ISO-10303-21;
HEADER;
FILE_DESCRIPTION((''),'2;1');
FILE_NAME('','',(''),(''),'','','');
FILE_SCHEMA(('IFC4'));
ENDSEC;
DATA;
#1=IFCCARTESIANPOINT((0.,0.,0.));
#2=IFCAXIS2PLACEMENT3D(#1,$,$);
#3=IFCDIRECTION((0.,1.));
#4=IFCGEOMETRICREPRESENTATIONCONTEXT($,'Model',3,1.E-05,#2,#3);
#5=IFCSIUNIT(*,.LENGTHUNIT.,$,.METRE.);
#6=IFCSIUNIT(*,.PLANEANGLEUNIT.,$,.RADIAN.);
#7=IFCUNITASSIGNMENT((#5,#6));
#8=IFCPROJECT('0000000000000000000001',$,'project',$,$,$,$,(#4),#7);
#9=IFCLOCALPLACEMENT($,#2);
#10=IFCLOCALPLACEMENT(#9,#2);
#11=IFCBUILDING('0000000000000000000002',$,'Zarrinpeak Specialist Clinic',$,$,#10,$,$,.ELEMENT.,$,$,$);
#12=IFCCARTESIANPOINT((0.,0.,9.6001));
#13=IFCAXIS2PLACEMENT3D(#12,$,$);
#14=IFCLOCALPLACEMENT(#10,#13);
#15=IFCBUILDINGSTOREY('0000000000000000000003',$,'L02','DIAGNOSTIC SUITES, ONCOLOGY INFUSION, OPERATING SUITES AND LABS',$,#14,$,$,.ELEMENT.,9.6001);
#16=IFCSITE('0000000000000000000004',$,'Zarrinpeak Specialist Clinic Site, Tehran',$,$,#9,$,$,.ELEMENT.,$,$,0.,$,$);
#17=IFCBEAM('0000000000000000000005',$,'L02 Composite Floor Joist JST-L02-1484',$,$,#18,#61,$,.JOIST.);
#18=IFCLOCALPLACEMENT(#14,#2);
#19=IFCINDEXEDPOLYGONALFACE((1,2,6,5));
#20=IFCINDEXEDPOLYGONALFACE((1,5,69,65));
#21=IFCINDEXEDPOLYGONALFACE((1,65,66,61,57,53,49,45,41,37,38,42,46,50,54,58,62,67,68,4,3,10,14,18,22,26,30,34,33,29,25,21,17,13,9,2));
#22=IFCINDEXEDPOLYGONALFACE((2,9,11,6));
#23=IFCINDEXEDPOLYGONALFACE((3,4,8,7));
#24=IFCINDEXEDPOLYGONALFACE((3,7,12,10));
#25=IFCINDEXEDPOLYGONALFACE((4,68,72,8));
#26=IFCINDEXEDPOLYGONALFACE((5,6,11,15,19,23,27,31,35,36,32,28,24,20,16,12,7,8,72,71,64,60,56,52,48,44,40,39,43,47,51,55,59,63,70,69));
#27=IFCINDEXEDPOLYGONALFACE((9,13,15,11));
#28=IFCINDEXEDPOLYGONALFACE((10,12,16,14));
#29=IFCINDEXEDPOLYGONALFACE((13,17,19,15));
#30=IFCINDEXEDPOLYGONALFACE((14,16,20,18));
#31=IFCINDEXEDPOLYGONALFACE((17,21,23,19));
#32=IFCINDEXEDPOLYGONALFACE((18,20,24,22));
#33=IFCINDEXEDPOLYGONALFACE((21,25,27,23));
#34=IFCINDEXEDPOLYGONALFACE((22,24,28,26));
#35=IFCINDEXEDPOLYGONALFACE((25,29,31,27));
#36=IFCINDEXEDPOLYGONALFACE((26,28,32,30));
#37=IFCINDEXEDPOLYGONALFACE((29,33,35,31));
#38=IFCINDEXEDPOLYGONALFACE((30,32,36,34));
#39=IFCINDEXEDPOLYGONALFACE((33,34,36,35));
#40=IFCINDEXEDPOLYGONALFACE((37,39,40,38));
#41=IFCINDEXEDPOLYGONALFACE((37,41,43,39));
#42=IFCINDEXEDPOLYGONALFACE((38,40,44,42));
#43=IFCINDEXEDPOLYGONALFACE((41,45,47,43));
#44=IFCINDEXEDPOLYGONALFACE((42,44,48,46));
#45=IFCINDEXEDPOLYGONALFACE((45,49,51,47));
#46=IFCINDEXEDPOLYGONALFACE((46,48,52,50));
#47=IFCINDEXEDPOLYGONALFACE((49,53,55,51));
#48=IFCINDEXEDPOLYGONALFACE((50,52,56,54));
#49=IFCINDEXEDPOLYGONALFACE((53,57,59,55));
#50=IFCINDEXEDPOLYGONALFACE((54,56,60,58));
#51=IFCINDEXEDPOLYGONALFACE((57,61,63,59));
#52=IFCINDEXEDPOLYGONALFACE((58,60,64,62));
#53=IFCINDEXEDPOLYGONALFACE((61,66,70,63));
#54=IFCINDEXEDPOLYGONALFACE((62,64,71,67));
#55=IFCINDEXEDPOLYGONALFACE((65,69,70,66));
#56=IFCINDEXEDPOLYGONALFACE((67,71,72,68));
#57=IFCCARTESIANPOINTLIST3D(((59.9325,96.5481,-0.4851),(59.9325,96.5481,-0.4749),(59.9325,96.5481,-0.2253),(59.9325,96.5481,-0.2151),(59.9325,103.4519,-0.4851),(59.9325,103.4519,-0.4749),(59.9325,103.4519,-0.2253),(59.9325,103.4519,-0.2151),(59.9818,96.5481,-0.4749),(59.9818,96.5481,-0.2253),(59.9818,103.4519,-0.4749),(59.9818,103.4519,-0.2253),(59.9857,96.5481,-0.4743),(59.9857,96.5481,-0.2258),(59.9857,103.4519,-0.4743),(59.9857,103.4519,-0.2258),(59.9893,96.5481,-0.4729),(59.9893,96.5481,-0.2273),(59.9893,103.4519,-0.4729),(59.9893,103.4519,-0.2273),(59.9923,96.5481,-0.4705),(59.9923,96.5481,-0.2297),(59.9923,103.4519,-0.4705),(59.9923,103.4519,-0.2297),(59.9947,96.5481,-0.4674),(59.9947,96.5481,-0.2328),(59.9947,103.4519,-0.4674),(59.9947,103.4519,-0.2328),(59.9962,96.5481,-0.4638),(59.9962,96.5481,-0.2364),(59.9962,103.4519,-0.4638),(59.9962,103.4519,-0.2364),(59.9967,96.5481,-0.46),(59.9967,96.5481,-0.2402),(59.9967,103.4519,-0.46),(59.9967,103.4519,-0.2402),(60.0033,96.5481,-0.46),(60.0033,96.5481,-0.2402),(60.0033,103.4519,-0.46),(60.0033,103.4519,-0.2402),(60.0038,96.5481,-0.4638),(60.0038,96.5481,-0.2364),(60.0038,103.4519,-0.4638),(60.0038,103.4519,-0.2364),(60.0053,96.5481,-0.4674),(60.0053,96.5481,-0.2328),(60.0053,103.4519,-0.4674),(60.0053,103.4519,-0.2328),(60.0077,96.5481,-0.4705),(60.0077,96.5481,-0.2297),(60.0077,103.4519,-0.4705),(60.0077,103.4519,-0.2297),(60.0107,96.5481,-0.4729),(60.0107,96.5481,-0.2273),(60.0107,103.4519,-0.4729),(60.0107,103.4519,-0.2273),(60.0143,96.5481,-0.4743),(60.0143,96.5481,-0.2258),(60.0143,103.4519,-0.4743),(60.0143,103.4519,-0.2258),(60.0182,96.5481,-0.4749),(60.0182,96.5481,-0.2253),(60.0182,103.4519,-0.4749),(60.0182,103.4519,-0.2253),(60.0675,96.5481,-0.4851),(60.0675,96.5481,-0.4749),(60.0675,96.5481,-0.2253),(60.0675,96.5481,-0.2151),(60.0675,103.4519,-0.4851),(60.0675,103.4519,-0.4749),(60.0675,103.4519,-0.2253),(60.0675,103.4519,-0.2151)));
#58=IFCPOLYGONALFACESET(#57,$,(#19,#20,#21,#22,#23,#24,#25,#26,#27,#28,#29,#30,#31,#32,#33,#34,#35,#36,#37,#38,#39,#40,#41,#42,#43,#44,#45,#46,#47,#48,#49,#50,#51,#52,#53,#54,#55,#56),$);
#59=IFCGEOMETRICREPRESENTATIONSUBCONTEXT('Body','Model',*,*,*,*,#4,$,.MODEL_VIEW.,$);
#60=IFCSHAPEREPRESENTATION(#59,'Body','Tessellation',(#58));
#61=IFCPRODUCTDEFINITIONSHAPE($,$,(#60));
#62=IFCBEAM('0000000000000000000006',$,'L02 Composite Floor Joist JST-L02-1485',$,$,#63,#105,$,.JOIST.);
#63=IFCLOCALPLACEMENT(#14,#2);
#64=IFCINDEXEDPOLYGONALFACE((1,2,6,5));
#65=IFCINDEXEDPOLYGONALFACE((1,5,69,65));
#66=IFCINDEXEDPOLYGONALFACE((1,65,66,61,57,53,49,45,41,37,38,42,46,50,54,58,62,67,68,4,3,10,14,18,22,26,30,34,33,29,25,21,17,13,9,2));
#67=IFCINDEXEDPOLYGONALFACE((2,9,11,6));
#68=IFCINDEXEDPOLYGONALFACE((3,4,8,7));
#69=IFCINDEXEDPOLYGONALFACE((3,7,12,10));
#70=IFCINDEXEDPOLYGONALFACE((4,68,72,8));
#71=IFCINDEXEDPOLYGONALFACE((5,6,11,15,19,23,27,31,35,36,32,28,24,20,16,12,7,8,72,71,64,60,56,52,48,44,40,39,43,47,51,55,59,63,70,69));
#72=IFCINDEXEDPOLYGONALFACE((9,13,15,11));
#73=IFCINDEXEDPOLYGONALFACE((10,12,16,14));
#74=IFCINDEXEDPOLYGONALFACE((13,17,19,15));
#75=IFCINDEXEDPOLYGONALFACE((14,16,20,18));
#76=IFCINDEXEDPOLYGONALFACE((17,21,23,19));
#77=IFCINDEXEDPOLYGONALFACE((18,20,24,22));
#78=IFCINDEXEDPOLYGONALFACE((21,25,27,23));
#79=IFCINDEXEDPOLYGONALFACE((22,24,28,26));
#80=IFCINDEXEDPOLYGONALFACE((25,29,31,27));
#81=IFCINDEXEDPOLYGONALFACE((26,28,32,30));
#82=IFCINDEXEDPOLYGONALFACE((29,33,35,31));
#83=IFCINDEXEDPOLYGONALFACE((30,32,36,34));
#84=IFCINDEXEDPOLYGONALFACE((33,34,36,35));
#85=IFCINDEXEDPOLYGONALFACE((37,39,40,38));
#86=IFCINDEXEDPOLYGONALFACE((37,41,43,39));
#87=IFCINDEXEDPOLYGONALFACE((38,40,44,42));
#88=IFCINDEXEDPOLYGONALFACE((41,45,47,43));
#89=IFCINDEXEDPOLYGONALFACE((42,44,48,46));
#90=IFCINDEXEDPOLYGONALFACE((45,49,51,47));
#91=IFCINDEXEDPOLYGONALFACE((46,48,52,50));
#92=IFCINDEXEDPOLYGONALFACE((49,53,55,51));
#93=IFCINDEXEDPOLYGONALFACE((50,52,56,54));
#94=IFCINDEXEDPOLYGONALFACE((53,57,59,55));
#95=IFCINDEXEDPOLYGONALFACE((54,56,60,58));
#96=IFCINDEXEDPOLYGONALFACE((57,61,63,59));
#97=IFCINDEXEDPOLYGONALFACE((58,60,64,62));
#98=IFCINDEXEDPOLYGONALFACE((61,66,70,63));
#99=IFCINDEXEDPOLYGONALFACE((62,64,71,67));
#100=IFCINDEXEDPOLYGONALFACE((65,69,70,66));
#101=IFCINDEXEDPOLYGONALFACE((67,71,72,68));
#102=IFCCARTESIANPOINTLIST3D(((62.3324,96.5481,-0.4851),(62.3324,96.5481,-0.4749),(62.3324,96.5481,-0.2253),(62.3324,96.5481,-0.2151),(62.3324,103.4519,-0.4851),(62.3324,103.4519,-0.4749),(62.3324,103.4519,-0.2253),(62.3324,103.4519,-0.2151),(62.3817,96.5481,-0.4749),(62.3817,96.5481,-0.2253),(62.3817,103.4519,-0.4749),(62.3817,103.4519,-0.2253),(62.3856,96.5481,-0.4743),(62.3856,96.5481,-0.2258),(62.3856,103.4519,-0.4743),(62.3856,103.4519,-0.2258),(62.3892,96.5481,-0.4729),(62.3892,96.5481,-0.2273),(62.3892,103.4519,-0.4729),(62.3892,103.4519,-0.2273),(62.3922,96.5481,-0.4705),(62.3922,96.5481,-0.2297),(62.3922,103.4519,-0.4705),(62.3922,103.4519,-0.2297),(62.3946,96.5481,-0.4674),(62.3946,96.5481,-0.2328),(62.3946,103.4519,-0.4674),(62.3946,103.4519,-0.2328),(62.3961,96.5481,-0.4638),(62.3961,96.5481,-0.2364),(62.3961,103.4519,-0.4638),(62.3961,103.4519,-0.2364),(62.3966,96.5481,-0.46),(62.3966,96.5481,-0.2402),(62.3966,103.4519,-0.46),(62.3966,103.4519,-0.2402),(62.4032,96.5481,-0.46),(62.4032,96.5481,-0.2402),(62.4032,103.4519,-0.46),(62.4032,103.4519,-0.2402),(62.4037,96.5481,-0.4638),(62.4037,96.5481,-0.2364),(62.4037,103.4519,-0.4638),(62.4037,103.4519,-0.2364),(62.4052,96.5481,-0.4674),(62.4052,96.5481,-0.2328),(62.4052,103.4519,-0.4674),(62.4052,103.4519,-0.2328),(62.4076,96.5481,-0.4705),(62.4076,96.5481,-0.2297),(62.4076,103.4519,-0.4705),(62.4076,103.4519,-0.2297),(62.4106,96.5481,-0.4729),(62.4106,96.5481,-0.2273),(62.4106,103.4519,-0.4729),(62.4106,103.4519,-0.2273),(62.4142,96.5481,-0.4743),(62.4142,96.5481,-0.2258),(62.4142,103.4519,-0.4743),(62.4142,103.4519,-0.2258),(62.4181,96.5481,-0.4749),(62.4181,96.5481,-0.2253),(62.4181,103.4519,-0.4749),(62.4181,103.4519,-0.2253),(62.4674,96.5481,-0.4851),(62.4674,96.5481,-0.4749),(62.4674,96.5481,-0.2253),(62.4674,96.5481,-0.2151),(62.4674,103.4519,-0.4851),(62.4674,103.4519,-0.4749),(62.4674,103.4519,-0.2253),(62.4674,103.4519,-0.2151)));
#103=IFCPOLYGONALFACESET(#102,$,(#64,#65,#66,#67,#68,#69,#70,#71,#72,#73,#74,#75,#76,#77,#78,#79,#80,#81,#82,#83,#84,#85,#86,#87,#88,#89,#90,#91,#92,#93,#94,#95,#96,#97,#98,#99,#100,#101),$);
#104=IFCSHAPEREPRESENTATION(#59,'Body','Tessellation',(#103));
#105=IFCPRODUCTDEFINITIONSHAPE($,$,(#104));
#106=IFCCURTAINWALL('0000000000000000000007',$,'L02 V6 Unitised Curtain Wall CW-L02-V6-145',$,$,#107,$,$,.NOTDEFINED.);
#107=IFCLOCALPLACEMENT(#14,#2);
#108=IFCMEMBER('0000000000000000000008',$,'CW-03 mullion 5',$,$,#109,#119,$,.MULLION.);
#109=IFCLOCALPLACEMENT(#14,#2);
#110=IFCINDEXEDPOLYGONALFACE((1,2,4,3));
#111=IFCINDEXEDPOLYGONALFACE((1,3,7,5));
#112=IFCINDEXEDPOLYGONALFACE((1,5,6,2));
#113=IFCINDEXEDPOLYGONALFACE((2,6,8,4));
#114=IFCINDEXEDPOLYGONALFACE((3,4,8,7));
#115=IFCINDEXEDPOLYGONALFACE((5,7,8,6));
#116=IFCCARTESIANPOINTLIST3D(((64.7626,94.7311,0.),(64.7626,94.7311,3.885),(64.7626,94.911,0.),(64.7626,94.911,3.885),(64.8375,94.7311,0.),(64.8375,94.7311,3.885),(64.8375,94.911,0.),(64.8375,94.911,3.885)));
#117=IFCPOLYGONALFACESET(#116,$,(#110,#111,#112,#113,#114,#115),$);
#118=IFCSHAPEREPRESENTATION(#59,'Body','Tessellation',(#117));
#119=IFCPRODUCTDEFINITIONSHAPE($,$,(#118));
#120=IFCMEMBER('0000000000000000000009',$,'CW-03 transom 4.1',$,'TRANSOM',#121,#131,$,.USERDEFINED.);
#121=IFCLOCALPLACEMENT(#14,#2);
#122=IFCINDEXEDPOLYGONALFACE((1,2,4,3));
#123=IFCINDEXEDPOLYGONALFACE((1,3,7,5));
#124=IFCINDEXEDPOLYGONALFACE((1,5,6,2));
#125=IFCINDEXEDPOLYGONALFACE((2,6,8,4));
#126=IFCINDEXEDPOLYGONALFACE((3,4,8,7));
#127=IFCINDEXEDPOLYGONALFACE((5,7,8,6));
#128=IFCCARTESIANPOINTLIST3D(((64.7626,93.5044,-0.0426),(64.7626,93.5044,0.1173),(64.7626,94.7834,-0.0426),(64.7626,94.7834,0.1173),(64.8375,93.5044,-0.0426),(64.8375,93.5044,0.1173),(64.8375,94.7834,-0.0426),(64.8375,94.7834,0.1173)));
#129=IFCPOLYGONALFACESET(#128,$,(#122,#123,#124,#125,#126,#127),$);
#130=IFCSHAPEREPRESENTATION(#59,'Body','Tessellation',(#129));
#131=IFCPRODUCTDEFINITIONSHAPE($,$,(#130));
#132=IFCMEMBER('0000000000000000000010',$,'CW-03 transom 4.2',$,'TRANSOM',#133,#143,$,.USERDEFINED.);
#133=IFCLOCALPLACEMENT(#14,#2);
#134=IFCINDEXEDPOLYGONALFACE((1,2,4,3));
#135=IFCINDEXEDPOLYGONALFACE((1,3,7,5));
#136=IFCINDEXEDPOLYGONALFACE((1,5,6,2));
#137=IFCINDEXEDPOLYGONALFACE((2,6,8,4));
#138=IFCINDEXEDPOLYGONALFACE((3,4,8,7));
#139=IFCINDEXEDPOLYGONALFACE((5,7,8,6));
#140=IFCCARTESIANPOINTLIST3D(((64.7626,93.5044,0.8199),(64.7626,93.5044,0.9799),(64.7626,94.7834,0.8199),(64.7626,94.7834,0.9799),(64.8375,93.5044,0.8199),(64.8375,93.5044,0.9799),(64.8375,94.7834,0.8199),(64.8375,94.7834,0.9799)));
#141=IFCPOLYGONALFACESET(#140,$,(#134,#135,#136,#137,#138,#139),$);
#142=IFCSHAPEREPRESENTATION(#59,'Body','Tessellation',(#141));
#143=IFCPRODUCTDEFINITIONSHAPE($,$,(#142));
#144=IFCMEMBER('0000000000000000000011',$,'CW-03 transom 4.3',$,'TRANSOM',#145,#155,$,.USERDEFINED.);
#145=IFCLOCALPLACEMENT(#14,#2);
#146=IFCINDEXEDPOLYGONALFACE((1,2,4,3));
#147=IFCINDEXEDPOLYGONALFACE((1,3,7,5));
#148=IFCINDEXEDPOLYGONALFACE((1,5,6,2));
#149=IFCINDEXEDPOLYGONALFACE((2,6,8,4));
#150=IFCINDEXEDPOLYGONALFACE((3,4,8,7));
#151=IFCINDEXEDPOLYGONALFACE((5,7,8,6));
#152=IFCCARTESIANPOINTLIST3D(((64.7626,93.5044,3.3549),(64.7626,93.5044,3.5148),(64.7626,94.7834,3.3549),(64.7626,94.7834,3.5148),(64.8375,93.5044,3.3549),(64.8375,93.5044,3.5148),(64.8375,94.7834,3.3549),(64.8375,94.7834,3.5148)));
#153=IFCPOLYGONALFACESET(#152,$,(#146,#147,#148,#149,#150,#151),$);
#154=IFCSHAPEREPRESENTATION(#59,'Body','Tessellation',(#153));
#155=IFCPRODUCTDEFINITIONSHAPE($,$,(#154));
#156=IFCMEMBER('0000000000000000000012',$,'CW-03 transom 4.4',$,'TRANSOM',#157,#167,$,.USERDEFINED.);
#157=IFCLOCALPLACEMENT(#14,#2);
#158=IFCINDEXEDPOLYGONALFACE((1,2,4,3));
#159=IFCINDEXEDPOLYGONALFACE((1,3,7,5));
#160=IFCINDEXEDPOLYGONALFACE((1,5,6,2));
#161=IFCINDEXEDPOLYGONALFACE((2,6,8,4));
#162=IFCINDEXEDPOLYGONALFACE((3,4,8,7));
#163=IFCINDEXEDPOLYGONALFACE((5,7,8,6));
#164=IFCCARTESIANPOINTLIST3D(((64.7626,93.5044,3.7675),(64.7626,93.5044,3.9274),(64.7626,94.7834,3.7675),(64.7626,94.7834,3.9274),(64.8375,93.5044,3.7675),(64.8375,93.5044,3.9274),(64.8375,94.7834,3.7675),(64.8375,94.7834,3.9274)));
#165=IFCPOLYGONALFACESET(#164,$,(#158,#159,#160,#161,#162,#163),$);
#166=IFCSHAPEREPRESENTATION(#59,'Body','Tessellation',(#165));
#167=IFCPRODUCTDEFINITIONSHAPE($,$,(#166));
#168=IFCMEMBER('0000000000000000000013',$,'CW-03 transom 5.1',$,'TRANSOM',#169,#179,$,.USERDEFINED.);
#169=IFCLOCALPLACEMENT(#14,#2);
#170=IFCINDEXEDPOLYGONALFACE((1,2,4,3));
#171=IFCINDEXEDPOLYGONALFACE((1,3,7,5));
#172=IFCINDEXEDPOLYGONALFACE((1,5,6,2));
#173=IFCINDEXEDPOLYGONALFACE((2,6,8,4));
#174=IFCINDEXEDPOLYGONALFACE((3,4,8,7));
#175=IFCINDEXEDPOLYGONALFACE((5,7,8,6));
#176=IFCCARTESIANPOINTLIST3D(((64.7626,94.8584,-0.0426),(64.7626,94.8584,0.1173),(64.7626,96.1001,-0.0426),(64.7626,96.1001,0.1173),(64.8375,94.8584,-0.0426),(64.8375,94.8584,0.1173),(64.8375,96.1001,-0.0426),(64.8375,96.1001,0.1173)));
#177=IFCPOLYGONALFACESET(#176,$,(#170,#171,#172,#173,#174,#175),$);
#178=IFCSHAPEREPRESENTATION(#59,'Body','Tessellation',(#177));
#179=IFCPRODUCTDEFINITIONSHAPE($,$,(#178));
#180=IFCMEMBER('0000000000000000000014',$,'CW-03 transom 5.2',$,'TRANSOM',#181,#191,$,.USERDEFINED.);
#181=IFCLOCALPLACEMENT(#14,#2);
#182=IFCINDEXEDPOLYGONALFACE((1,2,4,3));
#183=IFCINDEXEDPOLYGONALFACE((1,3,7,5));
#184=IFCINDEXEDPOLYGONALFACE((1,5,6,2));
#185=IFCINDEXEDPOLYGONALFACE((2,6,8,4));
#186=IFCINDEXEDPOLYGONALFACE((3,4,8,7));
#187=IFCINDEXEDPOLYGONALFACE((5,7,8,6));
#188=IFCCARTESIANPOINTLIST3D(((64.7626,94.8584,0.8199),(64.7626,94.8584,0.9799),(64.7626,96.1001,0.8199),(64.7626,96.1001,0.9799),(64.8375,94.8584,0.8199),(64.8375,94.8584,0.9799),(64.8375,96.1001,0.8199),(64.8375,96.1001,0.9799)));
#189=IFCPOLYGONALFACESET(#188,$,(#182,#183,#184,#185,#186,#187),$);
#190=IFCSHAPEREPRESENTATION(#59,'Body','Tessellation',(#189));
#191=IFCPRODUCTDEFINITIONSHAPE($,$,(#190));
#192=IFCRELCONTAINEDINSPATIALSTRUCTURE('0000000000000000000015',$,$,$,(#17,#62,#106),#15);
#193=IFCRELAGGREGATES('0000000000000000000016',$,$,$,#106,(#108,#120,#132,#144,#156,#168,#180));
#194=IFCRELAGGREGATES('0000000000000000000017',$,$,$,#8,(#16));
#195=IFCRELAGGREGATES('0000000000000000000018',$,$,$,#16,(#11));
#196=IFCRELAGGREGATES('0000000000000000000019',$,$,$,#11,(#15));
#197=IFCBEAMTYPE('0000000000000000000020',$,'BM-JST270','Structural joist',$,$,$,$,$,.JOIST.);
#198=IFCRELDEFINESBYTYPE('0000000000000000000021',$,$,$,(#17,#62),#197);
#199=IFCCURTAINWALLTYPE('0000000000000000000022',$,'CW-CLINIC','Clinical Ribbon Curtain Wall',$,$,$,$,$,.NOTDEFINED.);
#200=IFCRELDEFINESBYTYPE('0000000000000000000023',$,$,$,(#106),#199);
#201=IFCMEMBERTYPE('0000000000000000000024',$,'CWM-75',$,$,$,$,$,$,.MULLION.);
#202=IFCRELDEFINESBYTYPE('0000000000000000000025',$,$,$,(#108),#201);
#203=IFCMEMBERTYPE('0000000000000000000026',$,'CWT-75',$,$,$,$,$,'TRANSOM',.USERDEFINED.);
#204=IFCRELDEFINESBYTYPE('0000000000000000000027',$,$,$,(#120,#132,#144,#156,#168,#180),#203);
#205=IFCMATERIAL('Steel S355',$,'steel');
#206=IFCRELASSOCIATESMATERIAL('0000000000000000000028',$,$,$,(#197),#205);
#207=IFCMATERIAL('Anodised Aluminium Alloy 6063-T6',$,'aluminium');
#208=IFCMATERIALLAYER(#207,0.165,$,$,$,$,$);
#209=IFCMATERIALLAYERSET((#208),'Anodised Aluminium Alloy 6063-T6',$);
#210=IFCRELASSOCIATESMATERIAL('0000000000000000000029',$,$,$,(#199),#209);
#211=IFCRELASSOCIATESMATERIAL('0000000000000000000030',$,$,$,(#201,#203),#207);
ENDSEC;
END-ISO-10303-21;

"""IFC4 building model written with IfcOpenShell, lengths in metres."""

from ifc_helpers import new_model, si_unit, direction, frame, origin, origin_2d, place, context, subcontext, project, spatial, rectangle, i_section, extrude, material, layer, layer_set, material_profile, profile_set, type_object, element, aggregate, save


model = new_model("IFC4")

# Units and contexts
model_context = context("Model", 3, precision=1e-05, world=origin(), true_north=direction((0.0, 1.0)))
body_context = subcontext(model_context, "Body", "Model", "MODEL_VIEW")
ifc_project = project(units=[si_unit("LENGTHUNIT", "METRE"), si_unit("PLANEANGLEUNIT", "RADIAN")], contexts=[model_context])

# Site, building, storey
site_placement = place(None, origin())
site = spatial("IfcSite", under=ifc_project, at=site_placement, Name="Zarrinpeak Specialist Clinic Site, Tehran", CompositionType="ELEMENT", RefElevation=0.0)
building_placement = place(site_placement, origin())
building = spatial("IfcBuilding", under=site, at=building_placement, Name="Zarrinpeak Specialist Clinic", CompositionType="ELEMENT")
storey_placement = place(building_placement, frame((0.0, 0.0, 9.6001)))
storey = spatial("IfcBuildingStorey", under=building, at=storey_placement, Name="L02", Description="DIAGNOSTIC SUITES, ONCOLOGY INFUSION, OPERATING SUITES AND LABS", CompositionType="ELEMENT", Elevation=9.6001)

# Beams
ifc_material_1 = material(Name="Steel S355", Category="steel")
ifc_material_profile_1 = material_profile(ifc_material_1, i_section(OverallWidth=0.135, OverallDepth=0.27, WebThickness=0.0066, FlangeThickness=0.0103, FilletRadius=0.0149, at=origin_2d()), Name="IPE 270")
ifc_profile_set_1 = profile_set([ifc_material_profile_1], Name="Steel S355")
beam_type = type_object("IfcBeamType", Name="BM-JST270", Description="Structural joist", PredefinedType="JOIST", material=ifc_profile_set_1)
for number, where, z_axis, x_axis, name in (
    (1, (60.0, 96.5481, -0.3501), (0.0, 1.0, 0.0), (-1.0, 0.0, 0.0), "L02 Composite Floor Joist JST-L02-1484"),
    (2, (62.3999, 96.5481, -0.3501), (0.0, 1.0, 0.0), (-1.0, 0.0, 0.0), "L02 Composite Floor Joist JST-L02-1485"),
):
    element("IfcBeam", number, at=place(storey_placement, frame(where, z_axis=z_axis, x_axis=x_axis)), inside=storey, type_object=beam_type, Name=name, PredefinedType="JOIST", context=body_context, shape_type="SweptSolid", body=[
        extrude(i_section(OverallWidth=0.135, OverallDepth=0.27, WebThickness=0.0066, FlangeThickness=0.0103, FilletRadius=0.0149, at=origin_2d()), origin(), (0.0, 0.0, 1.0), 6.9038),
    ])

# Curtain wall, members
ifc_material_2 = material(Name="Anodised Aluminium Alloy 6063-T6", Category="aluminium")
ifc_layer_1 = layer(ifc_material_2, 0.165)
ifc_layer_set_1 = layer_set([ifc_layer_1], Name="Anodised Aluminium Alloy 6063-T6")
curtain_wall_type = type_object("IfcCurtainWallType", Name="CW-CLINIC", Description="Clinical Ribbon Curtain Wall", PredefinedType="NOTDEFINED", material=ifc_layer_set_1)
curtain_wall_placement = place(storey_placement, origin())
curtain_wall = element("IfcCurtainWall", 3, at=curtain_wall_placement, inside=storey, type_object=curtain_wall_type, Name="L02 V6 Unitised Curtain Wall CW-L02-V6-145", PredefinedType="NOTDEFINED")
ifc_material_profile_2 = material_profile(ifc_material_2, rectangle(XDim=0.075, YDim=0.1799, at=origin_2d()), Name="ALU 75x180")
ifc_profile_set_2 = profile_set([ifc_material_profile_2], Name="Anodised Aluminium Alloy 6063-T6")
member_type_1 = type_object("IfcMemberType", Name="CWM-75", PredefinedType="MULLION", material=ifc_profile_set_2)
member_1_placement = place(storey_placement, frame((64.8, 94.821, 0.0), z_axis=(0.0, 0.0, 1.0), x_axis=(-1.0, 0.0, 0.0)))
member_1 = element("IfcMember", 4, at=member_1_placement, type_object=member_type_1, Name="CW-03 mullion 5", PredefinedType="MULLION", context=body_context, shape_type="SweptSolid", body=[
    extrude(rectangle(XDim=0.075, YDim=0.1799, at=origin_2d()), origin(), (0.0, 0.0, 1.0), 3.885),
])
ifc_material_profile_3 = material_profile(ifc_material_2, rectangle(XDim=0.075, YDim=0.1599, at=origin_2d()), Name="ALU 75x160")
ifc_profile_set_3 = profile_set([ifc_material_profile_3], Name="Anodised Aluminium Alloy 6063-T6")
member_type_2 = type_object("IfcMemberType", Name="CWT-75", ElementType="TRANSOM", PredefinedType="USERDEFINED", material=ifc_profile_set_3)
member_2_placement = place(storey_placement, frame((64.8, 93.5044, 0.0374), z_axis=(0.0, 1.0, 0.0), x_axis=(-1.0, 0.0, 0.0)))
member_2 = element("IfcMember", 5, at=member_2_placement, type_object=member_type_2, Name="CW-03 transom 4.1", ObjectType="TRANSOM", PredefinedType="USERDEFINED", context=body_context, shape_type="SweptSolid", body=[
    extrude(rectangle(XDim=0.075, YDim=0.1599, at=origin_2d()), origin(), (0.0, 0.0, 1.0), 1.2791),
])
member_3_placement = place(storey_placement, frame((64.8, 93.5044, 0.8999), z_axis=(0.0, 1.0, 0.0), x_axis=(-1.0, 0.0, 0.0)))
member_3 = element("IfcMember", 6, at=member_3_placement, type_object=member_type_2, Name="CW-03 transom 4.2", ObjectType="TRANSOM", PredefinedType="USERDEFINED", context=body_context, shape_type="SweptSolid", body=[
    extrude(rectangle(XDim=0.075, YDim=0.1599, at=origin_2d()), origin(), (0.0, 0.0, 1.0), 1.2791),
])
member_4_placement = place(storey_placement, frame((64.8, 93.5044, 3.4348), z_axis=(0.0, 1.0, 0.0), x_axis=(-1.0, 0.0, 0.0)))
member_4 = element("IfcMember", 7, at=member_4_placement, type_object=member_type_2, Name="CW-03 transom 4.3", ObjectType="TRANSOM", PredefinedType="USERDEFINED", context=body_context, shape_type="SweptSolid", body=[
    extrude(rectangle(XDim=0.075, YDim=0.1599, at=origin_2d()), origin(), (0.0, 0.0, 1.0), 1.2791),
])
member_5_placement = place(storey_placement, frame((64.8, 93.5044, 3.8474), z_axis=(0.0, 1.0, 0.0), x_axis=(-1.0, 0.0, 0.0)))
member_5 = element("IfcMember", 8, at=member_5_placement, type_object=member_type_2, Name="CW-03 transom 4.4", ObjectType="TRANSOM", PredefinedType="USERDEFINED", context=body_context, shape_type="SweptSolid", body=[
    extrude(rectangle(XDim=0.075, YDim=0.1599, at=origin_2d()), origin(), (0.0, 0.0, 1.0), 1.2791),
])
member_6_placement = place(storey_placement, frame((64.8, 94.8584, 0.0374), z_axis=(0.0, 1.0, 0.0), x_axis=(-1.0, 0.0, 0.0)))
member_6 = element("IfcMember", 9, at=member_6_placement, type_object=member_type_2, Name="CW-03 transom 5.1", ObjectType="TRANSOM", PredefinedType="USERDEFINED", context=body_context, shape_type="SweptSolid", body=[
    extrude(rectangle(XDim=0.075, YDim=0.1599, at=origin_2d()), origin(), (0.0, 0.0, 1.0), 1.2417),
])
member_7_placement = place(storey_placement, frame((64.8, 94.8584, 0.8999), z_axis=(0.0, 1.0, 0.0), x_axis=(-1.0, 0.0, 0.0)))
member_7 = element("IfcMember", 10, at=member_7_placement, type_object=member_type_2, Name="CW-03 transom 5.2", ObjectType="TRANSOM", PredefinedType="USERDEFINED", context=body_context, shape_type="SweptSolid", body=[
    extrude(rectangle(XDim=0.075, YDim=0.1599, at=origin_2d()), origin(), (0.0, 0.0, 1.0), 1.2417),
])
aggregate(curtain_wall, [member_1, member_2, member_3, member_4, member_5, member_6, member_7])

save(model, "model.ifc")
